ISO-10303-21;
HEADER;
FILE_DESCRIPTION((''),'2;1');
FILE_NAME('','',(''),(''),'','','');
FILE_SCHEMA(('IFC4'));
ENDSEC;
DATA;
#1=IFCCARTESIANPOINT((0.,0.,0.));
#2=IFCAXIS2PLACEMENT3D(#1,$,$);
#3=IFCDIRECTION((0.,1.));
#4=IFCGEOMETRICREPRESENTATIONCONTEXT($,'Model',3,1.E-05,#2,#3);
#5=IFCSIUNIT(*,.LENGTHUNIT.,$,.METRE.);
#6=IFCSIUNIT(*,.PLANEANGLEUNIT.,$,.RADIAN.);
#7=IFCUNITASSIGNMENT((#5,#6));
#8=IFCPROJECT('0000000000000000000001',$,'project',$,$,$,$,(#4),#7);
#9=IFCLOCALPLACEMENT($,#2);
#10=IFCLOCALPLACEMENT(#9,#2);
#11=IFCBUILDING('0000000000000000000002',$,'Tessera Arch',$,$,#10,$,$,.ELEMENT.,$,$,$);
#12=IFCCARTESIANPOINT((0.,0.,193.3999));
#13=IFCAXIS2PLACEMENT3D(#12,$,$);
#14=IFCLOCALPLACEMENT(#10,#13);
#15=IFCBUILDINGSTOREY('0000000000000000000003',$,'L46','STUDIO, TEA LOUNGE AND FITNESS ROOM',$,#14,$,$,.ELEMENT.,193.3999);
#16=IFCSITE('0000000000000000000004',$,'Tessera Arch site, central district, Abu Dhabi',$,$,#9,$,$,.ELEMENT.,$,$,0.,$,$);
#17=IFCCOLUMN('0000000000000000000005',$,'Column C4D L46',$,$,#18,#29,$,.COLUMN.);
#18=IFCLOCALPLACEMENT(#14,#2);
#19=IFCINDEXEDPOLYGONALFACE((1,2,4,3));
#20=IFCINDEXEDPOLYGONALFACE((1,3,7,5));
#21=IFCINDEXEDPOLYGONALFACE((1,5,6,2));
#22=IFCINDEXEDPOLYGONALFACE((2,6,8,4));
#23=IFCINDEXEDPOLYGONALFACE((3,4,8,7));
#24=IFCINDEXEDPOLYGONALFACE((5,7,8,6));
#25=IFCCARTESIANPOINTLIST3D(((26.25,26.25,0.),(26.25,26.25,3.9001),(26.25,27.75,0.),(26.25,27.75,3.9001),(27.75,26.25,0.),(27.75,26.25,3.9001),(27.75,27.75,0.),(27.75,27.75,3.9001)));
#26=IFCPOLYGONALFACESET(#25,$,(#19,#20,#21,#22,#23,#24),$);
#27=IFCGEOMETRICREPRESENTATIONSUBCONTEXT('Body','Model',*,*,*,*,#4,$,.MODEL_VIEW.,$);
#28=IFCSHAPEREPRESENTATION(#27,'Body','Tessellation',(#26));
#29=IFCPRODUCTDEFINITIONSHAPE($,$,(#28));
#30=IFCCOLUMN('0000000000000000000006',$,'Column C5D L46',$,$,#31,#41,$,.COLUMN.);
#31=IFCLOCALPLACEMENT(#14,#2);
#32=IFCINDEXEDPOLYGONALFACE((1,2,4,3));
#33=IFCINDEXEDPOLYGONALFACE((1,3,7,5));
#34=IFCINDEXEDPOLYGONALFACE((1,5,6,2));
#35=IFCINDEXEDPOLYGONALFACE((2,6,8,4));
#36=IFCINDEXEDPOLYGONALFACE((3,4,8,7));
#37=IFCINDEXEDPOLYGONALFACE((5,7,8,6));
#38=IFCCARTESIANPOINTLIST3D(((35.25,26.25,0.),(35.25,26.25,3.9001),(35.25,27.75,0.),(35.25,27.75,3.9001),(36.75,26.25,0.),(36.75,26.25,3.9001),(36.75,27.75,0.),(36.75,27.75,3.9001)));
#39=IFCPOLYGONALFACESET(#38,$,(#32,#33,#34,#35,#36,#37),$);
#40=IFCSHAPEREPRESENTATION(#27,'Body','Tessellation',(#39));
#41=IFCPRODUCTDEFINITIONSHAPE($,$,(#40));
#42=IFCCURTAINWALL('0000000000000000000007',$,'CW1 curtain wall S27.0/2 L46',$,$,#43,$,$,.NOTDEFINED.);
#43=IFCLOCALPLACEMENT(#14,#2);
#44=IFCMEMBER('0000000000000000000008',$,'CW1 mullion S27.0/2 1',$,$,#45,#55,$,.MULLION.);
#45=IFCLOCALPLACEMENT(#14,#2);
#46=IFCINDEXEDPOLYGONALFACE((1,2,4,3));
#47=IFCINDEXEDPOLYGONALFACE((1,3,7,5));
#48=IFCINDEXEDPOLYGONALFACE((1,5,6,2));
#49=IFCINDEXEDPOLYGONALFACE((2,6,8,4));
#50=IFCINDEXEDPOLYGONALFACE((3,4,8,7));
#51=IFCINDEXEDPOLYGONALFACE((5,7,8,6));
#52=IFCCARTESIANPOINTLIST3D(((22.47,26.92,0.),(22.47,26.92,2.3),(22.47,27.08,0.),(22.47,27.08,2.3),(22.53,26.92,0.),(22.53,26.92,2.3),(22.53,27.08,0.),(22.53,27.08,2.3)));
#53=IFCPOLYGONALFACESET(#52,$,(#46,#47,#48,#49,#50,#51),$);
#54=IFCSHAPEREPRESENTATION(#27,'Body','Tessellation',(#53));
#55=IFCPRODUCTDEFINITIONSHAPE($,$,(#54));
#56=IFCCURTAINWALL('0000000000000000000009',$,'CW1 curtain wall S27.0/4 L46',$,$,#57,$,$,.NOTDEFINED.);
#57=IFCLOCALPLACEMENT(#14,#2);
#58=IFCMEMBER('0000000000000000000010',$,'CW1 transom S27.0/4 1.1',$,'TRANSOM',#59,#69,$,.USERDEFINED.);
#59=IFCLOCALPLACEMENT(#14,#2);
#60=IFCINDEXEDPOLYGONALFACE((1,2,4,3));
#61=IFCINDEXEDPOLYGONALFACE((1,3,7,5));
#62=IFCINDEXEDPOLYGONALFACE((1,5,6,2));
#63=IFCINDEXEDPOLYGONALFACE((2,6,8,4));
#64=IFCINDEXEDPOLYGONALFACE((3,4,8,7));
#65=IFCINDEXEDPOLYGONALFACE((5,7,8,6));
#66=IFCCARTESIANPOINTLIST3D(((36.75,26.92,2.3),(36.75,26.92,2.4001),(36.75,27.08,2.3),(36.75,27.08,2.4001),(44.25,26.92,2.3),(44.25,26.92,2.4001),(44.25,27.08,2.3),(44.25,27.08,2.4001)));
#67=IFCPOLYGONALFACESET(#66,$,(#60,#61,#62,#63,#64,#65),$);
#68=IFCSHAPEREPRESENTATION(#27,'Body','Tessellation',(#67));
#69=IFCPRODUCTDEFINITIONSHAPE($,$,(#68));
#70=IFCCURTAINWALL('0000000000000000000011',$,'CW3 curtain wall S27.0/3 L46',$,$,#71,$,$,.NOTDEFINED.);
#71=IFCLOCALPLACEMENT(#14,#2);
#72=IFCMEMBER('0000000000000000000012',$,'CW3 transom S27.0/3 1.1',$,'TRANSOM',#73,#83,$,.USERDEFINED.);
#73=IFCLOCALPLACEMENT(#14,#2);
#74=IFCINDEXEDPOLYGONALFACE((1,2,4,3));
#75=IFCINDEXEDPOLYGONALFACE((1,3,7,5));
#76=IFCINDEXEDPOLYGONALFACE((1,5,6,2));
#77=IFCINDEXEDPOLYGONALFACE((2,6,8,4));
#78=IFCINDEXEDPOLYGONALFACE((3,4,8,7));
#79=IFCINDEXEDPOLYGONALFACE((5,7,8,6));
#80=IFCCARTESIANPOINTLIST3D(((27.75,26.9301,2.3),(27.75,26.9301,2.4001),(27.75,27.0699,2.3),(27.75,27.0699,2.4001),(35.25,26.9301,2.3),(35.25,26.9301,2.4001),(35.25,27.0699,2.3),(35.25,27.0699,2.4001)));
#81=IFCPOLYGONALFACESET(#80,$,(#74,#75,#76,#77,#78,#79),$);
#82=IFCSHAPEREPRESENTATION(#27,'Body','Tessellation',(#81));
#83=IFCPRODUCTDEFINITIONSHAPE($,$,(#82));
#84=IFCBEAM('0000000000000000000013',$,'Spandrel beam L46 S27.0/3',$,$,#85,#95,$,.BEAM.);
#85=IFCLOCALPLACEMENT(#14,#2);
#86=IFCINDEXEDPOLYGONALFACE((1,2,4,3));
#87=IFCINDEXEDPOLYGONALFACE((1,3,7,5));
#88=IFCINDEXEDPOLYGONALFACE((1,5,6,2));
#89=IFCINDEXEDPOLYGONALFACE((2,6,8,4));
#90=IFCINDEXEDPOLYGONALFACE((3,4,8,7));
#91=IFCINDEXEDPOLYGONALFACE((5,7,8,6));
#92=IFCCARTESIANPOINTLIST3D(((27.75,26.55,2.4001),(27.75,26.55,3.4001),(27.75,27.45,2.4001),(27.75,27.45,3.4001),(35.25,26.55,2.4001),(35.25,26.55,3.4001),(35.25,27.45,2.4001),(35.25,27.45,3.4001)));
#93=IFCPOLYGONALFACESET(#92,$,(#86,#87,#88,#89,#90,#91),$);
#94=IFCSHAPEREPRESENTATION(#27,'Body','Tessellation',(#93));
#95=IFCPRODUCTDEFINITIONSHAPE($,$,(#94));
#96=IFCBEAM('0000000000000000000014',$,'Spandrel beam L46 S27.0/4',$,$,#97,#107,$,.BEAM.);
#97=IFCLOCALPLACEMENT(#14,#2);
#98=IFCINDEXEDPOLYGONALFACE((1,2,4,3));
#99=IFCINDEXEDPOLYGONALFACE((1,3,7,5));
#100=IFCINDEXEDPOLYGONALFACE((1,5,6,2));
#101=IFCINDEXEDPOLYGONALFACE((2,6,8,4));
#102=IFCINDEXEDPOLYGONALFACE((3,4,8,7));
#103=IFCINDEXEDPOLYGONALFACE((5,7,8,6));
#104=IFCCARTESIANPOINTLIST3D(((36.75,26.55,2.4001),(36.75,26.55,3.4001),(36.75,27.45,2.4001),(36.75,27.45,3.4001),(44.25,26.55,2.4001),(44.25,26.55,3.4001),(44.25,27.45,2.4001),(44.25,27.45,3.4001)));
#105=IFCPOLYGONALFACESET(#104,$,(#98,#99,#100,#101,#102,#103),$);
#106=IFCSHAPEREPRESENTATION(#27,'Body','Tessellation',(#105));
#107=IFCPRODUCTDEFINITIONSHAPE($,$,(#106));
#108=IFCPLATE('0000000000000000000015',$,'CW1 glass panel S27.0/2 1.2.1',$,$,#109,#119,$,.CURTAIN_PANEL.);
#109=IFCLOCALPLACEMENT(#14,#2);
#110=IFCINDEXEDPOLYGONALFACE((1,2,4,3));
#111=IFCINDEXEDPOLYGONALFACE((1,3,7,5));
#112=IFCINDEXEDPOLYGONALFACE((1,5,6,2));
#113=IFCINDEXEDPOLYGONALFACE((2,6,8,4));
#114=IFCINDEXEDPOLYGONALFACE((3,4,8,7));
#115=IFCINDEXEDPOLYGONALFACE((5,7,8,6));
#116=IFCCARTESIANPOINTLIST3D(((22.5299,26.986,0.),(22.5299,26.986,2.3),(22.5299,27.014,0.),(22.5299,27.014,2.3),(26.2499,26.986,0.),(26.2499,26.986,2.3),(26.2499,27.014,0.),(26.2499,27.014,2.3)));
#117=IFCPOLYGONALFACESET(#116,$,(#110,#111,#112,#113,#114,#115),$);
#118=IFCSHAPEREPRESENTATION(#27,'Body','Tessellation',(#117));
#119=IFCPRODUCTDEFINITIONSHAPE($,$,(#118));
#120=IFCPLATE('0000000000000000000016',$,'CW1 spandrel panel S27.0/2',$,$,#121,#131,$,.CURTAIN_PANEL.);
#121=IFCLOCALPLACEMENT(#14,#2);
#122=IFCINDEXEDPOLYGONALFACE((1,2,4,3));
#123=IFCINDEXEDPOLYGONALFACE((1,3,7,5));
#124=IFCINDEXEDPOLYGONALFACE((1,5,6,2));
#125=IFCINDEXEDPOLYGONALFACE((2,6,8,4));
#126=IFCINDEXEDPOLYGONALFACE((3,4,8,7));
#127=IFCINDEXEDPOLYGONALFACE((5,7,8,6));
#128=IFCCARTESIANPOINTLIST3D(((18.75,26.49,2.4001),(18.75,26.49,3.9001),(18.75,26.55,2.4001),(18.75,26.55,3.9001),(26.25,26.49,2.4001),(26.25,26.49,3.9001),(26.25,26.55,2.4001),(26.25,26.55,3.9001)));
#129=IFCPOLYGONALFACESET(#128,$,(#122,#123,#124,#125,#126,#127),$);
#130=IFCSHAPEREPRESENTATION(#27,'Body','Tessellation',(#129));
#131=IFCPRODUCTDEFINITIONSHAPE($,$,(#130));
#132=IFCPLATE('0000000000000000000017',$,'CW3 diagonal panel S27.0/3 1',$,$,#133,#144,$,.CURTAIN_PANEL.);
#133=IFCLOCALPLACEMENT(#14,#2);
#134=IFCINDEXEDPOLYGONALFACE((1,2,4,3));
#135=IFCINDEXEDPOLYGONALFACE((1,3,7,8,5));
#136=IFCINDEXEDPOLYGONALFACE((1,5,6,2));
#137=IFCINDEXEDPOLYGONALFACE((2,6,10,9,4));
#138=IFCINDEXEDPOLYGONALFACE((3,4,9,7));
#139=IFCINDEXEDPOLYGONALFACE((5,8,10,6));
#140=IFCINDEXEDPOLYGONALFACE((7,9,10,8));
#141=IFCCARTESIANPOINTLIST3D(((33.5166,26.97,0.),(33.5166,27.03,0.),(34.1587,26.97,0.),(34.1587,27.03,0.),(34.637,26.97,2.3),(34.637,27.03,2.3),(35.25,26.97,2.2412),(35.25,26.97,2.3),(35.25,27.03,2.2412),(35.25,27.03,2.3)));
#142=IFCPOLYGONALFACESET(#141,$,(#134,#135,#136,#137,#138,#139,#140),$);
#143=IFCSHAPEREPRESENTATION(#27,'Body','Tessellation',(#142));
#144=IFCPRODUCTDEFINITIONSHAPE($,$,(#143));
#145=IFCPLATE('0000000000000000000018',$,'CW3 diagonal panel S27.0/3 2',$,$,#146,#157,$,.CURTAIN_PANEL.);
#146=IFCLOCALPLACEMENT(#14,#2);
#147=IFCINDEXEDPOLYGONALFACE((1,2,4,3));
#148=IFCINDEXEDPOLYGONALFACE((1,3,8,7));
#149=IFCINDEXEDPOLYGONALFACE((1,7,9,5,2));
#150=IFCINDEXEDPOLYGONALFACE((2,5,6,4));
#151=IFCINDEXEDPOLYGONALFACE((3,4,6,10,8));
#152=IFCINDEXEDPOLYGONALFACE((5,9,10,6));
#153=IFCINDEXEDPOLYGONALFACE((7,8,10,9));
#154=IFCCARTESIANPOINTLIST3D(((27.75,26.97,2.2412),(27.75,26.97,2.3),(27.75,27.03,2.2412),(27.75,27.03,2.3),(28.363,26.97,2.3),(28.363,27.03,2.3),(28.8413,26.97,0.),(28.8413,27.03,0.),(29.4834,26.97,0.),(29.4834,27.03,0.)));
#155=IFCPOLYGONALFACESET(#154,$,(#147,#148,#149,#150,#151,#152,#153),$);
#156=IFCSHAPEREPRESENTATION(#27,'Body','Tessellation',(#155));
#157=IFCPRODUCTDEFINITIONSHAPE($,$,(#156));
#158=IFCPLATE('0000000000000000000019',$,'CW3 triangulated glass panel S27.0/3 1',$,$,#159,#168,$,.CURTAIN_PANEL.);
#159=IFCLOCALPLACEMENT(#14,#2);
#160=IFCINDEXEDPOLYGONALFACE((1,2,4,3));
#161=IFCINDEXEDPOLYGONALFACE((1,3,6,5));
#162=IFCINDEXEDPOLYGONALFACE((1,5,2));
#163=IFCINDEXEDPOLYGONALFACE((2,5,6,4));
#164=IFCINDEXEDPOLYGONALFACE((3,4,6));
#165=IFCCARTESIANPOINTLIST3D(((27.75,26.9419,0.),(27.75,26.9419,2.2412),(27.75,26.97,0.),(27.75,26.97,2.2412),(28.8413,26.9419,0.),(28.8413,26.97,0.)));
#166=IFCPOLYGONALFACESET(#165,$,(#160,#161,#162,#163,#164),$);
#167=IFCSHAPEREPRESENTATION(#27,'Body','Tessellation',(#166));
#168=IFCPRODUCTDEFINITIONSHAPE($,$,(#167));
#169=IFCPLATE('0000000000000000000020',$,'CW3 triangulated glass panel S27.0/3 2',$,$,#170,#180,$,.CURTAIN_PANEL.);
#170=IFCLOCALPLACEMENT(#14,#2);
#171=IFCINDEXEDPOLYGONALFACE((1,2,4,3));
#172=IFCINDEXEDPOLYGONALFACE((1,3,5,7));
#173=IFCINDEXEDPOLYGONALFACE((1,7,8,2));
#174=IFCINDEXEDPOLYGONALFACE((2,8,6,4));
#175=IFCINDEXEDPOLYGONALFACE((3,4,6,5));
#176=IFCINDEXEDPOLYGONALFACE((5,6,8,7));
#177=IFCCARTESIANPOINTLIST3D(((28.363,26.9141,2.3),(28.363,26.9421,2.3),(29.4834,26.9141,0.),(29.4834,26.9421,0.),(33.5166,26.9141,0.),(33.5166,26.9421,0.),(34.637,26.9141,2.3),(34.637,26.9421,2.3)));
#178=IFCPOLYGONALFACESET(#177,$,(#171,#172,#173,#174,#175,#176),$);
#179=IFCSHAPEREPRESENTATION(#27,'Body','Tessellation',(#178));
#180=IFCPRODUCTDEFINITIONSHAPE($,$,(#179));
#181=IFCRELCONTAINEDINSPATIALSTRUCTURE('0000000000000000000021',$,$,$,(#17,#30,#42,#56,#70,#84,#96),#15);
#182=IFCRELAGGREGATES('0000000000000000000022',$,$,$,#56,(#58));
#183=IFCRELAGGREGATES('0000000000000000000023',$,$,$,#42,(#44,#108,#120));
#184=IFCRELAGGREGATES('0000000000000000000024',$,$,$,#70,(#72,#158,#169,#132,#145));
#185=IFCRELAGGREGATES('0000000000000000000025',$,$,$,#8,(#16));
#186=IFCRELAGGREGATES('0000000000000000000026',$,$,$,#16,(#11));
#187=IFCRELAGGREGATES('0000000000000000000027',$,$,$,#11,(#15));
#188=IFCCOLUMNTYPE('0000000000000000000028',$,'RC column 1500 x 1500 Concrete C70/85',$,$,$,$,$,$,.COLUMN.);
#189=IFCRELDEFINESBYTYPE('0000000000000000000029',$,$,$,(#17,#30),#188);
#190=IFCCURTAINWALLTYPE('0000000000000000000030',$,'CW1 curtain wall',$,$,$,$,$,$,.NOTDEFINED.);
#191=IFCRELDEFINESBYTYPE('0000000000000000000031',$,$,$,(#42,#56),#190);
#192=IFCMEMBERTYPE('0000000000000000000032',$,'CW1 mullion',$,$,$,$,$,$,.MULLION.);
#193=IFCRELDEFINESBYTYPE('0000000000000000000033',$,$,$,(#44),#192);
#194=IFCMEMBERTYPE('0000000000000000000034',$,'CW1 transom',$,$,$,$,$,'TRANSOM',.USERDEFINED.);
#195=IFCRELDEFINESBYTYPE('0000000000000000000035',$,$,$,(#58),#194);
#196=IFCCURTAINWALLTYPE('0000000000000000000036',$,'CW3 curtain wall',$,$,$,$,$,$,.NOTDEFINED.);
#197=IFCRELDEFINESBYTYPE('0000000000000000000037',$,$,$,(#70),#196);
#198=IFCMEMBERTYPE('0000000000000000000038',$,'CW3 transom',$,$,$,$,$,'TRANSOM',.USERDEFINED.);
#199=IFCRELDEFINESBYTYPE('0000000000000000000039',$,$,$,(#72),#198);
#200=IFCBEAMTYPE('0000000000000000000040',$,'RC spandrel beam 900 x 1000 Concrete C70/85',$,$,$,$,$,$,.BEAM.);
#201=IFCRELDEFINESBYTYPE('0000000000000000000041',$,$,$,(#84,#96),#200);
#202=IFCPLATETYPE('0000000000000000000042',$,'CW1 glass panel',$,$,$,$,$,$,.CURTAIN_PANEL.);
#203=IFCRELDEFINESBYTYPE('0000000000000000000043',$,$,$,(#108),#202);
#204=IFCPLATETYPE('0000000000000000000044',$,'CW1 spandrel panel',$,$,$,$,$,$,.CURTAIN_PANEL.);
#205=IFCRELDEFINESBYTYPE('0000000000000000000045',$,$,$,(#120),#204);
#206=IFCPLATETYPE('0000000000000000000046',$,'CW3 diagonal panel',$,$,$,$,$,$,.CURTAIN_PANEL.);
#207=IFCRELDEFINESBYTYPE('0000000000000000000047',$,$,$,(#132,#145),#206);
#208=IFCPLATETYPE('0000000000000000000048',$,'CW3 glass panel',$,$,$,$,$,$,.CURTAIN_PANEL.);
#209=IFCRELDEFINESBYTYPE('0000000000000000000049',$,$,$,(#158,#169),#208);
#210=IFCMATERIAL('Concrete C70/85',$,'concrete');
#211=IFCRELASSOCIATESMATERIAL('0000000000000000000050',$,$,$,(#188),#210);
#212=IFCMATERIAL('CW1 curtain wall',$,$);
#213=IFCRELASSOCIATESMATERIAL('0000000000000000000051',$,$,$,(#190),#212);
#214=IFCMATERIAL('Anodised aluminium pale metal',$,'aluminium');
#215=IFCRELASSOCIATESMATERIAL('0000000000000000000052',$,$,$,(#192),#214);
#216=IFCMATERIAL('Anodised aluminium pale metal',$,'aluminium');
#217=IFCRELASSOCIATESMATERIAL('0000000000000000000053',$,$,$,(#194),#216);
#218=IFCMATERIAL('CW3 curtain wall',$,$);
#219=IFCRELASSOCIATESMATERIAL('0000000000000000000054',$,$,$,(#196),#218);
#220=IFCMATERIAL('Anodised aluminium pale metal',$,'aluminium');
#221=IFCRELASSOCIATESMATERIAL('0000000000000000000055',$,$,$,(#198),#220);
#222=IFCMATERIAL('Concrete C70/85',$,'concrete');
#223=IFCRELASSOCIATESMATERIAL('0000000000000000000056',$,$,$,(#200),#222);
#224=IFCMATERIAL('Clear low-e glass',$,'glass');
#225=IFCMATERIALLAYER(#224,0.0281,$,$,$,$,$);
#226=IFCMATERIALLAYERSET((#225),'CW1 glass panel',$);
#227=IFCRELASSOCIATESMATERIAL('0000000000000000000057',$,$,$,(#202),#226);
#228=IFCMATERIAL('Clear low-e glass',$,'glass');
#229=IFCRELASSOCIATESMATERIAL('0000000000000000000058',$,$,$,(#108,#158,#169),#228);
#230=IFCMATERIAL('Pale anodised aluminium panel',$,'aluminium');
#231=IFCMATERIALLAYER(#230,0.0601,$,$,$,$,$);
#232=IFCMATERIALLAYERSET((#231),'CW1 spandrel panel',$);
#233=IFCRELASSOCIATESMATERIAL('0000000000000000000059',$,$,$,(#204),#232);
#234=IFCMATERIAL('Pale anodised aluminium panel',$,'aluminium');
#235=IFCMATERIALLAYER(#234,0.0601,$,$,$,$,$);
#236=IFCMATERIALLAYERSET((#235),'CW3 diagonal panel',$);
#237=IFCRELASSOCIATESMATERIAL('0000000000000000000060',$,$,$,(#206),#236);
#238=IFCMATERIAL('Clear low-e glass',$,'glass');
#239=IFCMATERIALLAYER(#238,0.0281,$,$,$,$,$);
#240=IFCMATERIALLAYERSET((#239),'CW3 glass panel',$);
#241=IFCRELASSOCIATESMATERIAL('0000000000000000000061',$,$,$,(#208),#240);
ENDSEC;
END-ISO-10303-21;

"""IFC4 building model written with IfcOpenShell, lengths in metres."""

from ifc_helpers import new_model, si_unit, direction, frame, origin, origin_2d, place, context, subcontext, project, spatial, polyline, rectangle, outline, extrude, material, layer, layer_set, material_profile, profile_set, type_object, element, aggregate, save


model = new_model("IFC4")

# Units and contexts
model_context = context("Model", 3, precision=1e-05, world=origin(), true_north=direction((0.0, 1.0)))
body_context = subcontext(model_context, "Body", "Model", "MODEL_VIEW")
ifc_project = project(units=[si_unit("LENGTHUNIT", "METRE"), si_unit("PLANEANGLEUNIT", "RADIAN")], contexts=[model_context])

# Site, building, storey
site_placement = place(None, origin())
site = spatial("IfcSite", under=ifc_project, at=site_placement, Name="Tessera Arch site, central district, Abu Dhabi", CompositionType="ELEMENT", RefElevation=0.0)
building_placement = place(site_placement, origin())
building = spatial("IfcBuilding", under=site, at=building_placement, Name="Tessera Arch", CompositionType="ELEMENT")
storey_placement = place(building_placement, frame((0.0, 0.0, 193.3999)))
storey = spatial("IfcBuildingStorey", under=building, at=storey_placement, Name="L46", Description="STUDIO, TEA LOUNGE AND FITNESS ROOM", CompositionType="ELEMENT", Elevation=193.3999)

# Columns
ifc_material_1 = material(Name="Concrete C70/85", Category="concrete")
ifc_material_profile_1 = material_profile(ifc_material_1, rectangle(XDim=1.5, YDim=1.5, at=origin_2d()), Name="RC column 1500 x 1500 Concrete C70/85")
ifc_profile_set_1 = profile_set([ifc_material_profile_1], Name="Concrete C70/85")
column_type = type_object("IfcColumnType", Name="RC column 1500 x 1500 Concrete C70/85", PredefinedType="COLUMN", material=ifc_profile_set_1)
for number, where, z_axis, x_axis, name in (
    (1, (27.0, 27.0, 0.0), (0.0, 0.0, 1.0), (1.0, 0.0, 0.0), "Column C4D L46"),
    (2, (36.0, 27.0, 0.0), (0.0, 0.0, 1.0), (1.0, 0.0, 0.0), "Column C5D L46"),
):
    element("IfcColumn", number, at=place(storey_placement, frame(where, z_axis=z_axis, x_axis=x_axis)), inside=storey, type_object=column_type, Name=name, PredefinedType="COLUMN", context=body_context, shape_type="SweptSolid", body=[
        extrude(rectangle(XDim=1.5, YDim=1.5, at=origin_2d()), origin(), (0.0, 0.0, 1.0), 3.9001),
    ])

# Curtain walls, members
ifc_material_2 = material(Name="CW1 curtain wall")
curtain_wall_type_1 = type_object("IfcCurtainWallType", Name="CW1 curtain wall", PredefinedType="NOTDEFINED", material=ifc_material_2)
curtain_wall_1_placement = place(storey_placement, origin())
curtain_wall_1 = element("IfcCurtainWall", 3, at=curtain_wall_1_placement, inside=storey, type_object=curtain_wall_type_1, Name="CW1 curtain wall S27.0/2 L46", PredefinedType="NOTDEFINED")
ifc_material_3 = material(Name="Anodised aluminium pale metal", Category="aluminium")
ifc_material_profile_2 = material_profile(ifc_material_3, rectangle(XDim=0.1599, YDim=0.0601, at=origin_2d()), Name="AL 60x160")
ifc_profile_set_2 = profile_set([ifc_material_profile_2], Name="Anodised aluminium pale metal")
member_type_1 = type_object("IfcMemberType", Name="CW1 mullion", PredefinedType="MULLION", material=ifc_profile_set_2)
member_1_placement = place(storey_placement, frame((22.5, 27.0, 0.0), z_axis=(0.0, 0.0, 1.0), x_axis=(0.0, 1.0, 0.0)))
member_1 = element("IfcMember", 4, at=member_1_placement, type_object=member_type_1, Name="CW1 mullion S27.0/2 1", PredefinedType="MULLION", context=body_context, shape_type="SweptSolid", body=[
    extrude(rectangle(XDim=0.1599, YDim=0.0601, at=origin_2d()), origin(), (0.0, 0.0, 1.0), 2.3),
])
curtain_wall_2_placement = place(storey_placement, origin())
curtain_wall_2 = element("IfcCurtainWall", 5, at=curtain_wall_2_placement, inside=storey, type_object=curtain_wall_type_1, Name="CW1 curtain wall S27.0/4 L46", PredefinedType="NOTDEFINED")
ifc_material_4 = material(Name="Anodised aluminium pale metal", Category="aluminium")
ifc_material_profile_3 = material_profile(ifc_material_4, rectangle(XDim=0.1599, YDim=0.1001, at=origin_2d()), Name="AL 160x100")
ifc_profile_set_3 = profile_set([ifc_material_profile_3], Name="Anodised aluminium pale metal")
member_type_2 = type_object("IfcMemberType", Name="CW1 transom", ElementType="TRANSOM", PredefinedType="USERDEFINED", material=ifc_profile_set_3)
member_2_placement = place(storey_placement, frame((36.75, 27.0, 2.3501), z_axis=(1.0, 0.0, 0.0), x_axis=(0.0, 1.0, 0.0)))
member_2 = element("IfcMember", 6, at=member_2_placement, type_object=member_type_2, Name="CW1 transom S27.0/4 1.1", ObjectType="TRANSOM", PredefinedType="USERDEFINED", context=body_context, shape_type="SweptSolid", body=[
    extrude(rectangle(XDim=0.1599, YDim=0.1001, at=origin_2d()), origin(), (0.0, 0.0, 1.0), 7.5),
])
aggregate(curtain_wall_2, [member_2])
ifc_material_5 = material(Name="CW3 curtain wall")
curtain_wall_type_2 = type_object("IfcCurtainWallType", Name="CW3 curtain wall", PredefinedType="NOTDEFINED", material=ifc_material_5)
curtain_wall_3_placement = place(storey_placement, origin())
curtain_wall_3 = element("IfcCurtainWall", 7, at=curtain_wall_3_placement, inside=storey, type_object=curtain_wall_type_2, Name="CW3 curtain wall S27.0/3 L46", PredefinedType="NOTDEFINED")
ifc_material_6 = material(Name="Anodised aluminium pale metal", Category="aluminium")
ifc_material_profile_4 = material_profile(ifc_material_6, rectangle(XDim=0.1399, YDim=0.1001, at=origin_2d()), Name="AL 140x100")
ifc_profile_set_4 = profile_set([ifc_material_profile_4], Name="Anodised aluminium pale metal")
member_type_3 = type_object("IfcMemberType", Name="CW3 transom", ElementType="TRANSOM", PredefinedType="USERDEFINED", material=ifc_profile_set_4)
member_3_placement = place(storey_placement, frame((27.75, 27.0, 2.3501), z_axis=(1.0, 0.0, 0.0), x_axis=(0.0, 1.0, 0.0)))
member_3 = element("IfcMember", 8, at=member_3_placement, type_object=member_type_3, Name="CW3 transom S27.0/3 1.1", ObjectType="TRANSOM", PredefinedType="USERDEFINED", context=body_context, shape_type="SweptSolid", body=[
    extrude(rectangle(XDim=0.1399, YDim=0.1001, at=origin_2d()), origin(), (0.0, 0.0, 1.0), 7.5),
])

# Beams
ifc_material_7 = material(Name="Concrete C70/85", Category="concrete")
ifc_material_profile_5 = material_profile(ifc_material_7, rectangle(XDim=0.8999, YDim=1.0, at=origin_2d()), Name="RC spandrel beam 900 x 1000 Concrete C70/85")
ifc_profile_set_5 = profile_set([ifc_material_profile_5], Name="Concrete C70/85")
beam_type = type_object("IfcBeamType", Name="RC spandrel beam 900 x 1000 Concrete C70/85", PredefinedType="BEAM", material=ifc_profile_set_5)
for number, where, z_axis, x_axis, name in (
    (9, (27.75, 27.0, 2.9001), (1.0, 0.0, 0.0), (0.0, 1.0, 0.0), "Spandrel beam L46 S27.0/3"),
    (10, (36.75, 27.0, 2.9001), (1.0, 0.0, 0.0), (0.0, 1.0, 0.0), "Spandrel beam L46 S27.0/4"),
):
    element("IfcBeam", number, at=place(storey_placement, frame(where, z_axis=z_axis, x_axis=x_axis)), inside=storey, type_object=beam_type, Name=name, PredefinedType="BEAM", context=body_context, shape_type="SweptSolid", body=[
        extrude(rectangle(XDim=0.8999, YDim=1.0, at=origin_2d()), origin(), (0.0, 0.0, 1.0), 7.5),
    ])

# Plates
ifc_material_8 = material(Name="Clear low-e glass", Category="glass")
ifc_material_9 = material(Name="Clear low-e glass", Category="glass")
ifc_layer_1 = layer(ifc_material_9, 0.0281)
ifc_layer_set_1 = layer_set([ifc_layer_1], Name="CW1 glass panel")
plate_type_1 = type_object("IfcPlateType", Name="CW1 glass panel", PredefinedType="CURTAIN_PANEL", material=ifc_layer_set_1)
plate_1_placement = place(storey_placement, frame((24.3899, 27.0, 0.0), z_axis=(0.0, 0.0, 1.0), x_axis=(1.0, 0.0, 0.0)))
plate_1 = element("IfcPlate", 11, at=plate_1_placement, type_object=plate_type_1, material=ifc_material_8, Name="CW1 glass panel S27.0/2 1.2.1", PredefinedType="CURTAIN_PANEL", context=body_context, shape_type="SweptSolid", body=[
    extrude(rectangle(XDim=3.72, YDim=0.0281, at=origin_2d()), origin(), (0.0, 0.0, 1.0), 2.3),
])
ifc_material_10 = material(Name="Pale anodised aluminium panel", Category="aluminium")
ifc_layer_2 = layer(ifc_material_10, 0.0601)
ifc_layer_set_2 = layer_set([ifc_layer_2], Name="CW1 spandrel panel")
plate_type_2 = type_object("IfcPlateType", Name="CW1 spandrel panel", PredefinedType="CURTAIN_PANEL", material=ifc_layer_set_2)
plate_2_placement = place(storey_placement, frame((22.5, 26.52, 2.4001), z_axis=(0.0, 0.0, 1.0), x_axis=(1.0, 0.0, 0.0)))
plate_2 = element("IfcPlate", 12, at=plate_2_placement, type_object=plate_type_2, Name="CW1 spandrel panel S27.0/2", PredefinedType="CURTAIN_PANEL", context=body_context, shape_type="SweptSolid", body=[
    extrude(rectangle(XDim=7.5, YDim=0.0601, at=origin_2d()), origin(), (0.0, 0.0, 1.0), 1.5),
])
aggregate(curtain_wall_1, [member_1, plate_1, plate_2])
ifc_material_11 = material(Name="Pale anodised aluminium panel", Category="aluminium")
ifc_layer_3 = layer(ifc_material_11, 0.0601)
ifc_layer_set_3 = layer_set([ifc_layer_3], Name="CW3 diagonal panel")
plate_type_3 = type_object("IfcPlateType", Name="CW3 diagonal panel", PredefinedType="CURTAIN_PANEL", material=ifc_layer_set_3)
plate_3_placement = place(storey_placement, frame((35.25, 26.97, 2.3), z_axis=(0.0, -1.0, 0.0), x_axis=(-1.0, 0.0, 0.0)))
plate_3 = element("IfcPlate", 13, at=plate_3_placement, type_object=plate_type_3, Name="CW3 diagonal panel S27.0/3 1", PredefinedType="CURTAIN_PANEL", context=body_context, shape_type="SweptSolid", body=[
    extrude(outline(polyline([(0.0, 0.0), (0.613, 0.0), (1.7334, 2.3), (1.0913, 2.3), (0.0, 0.0588), (0.0, 0.0)])), origin(), (0.0, 0.0, -1.0), 0.0601),
])
plate_4_placement = place(storey_placement, frame((27.75, 26.97, 2.3), z_axis=(0.0, -1.0, 0.0), x_axis=(0.0, 0.0, -1.0)))
plate_4 = element("IfcPlate", 14, at=plate_4_placement, type_object=plate_type_3, Name="CW3 diagonal panel S27.0/3 2", PredefinedType="CURTAIN_PANEL", context=body_context, shape_type="SweptSolid", body=[
    extrude(outline(polyline([(0.0, 0.0), (0.0588, 0.0), (2.3, 1.0913), (2.3, 1.7334), (0.0, 0.613), (0.0, 0.0)])), origin(), (0.0, 0.0, -1.0), 0.0601),
])
ifc_material_12 = material(Name="Clear low-e glass", Category="glass")
ifc_layer_4 = layer(ifc_material_12, 0.0281)
ifc_layer_set_4 = layer_set([ifc_layer_4], Name="CW3 glass panel")
plate_type_4 = type_object("IfcPlateType", Name="CW3 glass panel", PredefinedType="CURTAIN_PANEL", material=ifc_layer_set_4)
plate_5_placement = place(storey_placement, frame((27.75, 26.9419, 0.0), z_axis=(0.0, -1.0, 0.0), x_axis=(1.0, 0.0, 0.0)))
plate_5 = element("IfcPlate", 15, at=plate_5_placement, type_object=plate_type_4, material=ifc_material_8, Name="CW3 triangulated glass panel S27.0/3 1", PredefinedType="CURTAIN_PANEL", context=body_context, shape_type="SweptSolid", body=[
    extrude(outline(polyline([(0.0, 0.0), (1.0913, 0.0), (0.0, 2.2412), (0.0, 0.0)])), origin(), (0.0, 0.0, -1.0), 0.0281),
])
plate_6_placement = place(storey_placement, frame((34.637, 26.9141, 2.3), z_axis=(0.0, -1.0, 0.0), x_axis=(-1.0, 0.0, 0.0)))
plate_6 = element("IfcPlate", 16, at=plate_6_placement, type_object=plate_type_4, material=ifc_material_8, Name="CW3 triangulated glass panel S27.0/3 2", PredefinedType="CURTAIN_PANEL", context=body_context, shape_type="SweptSolid", body=[
    extrude(outline(polyline([(0.0, 0.0), (6.2739, 0.0), (5.1536, 2.3), (1.1204, 2.3), (0.0, 0.0)])), origin(), (0.0, 0.0, -1.0), 0.0281),
])
aggregate(curtain_wall_3, [member_3, plate_5, plate_6, plate_3, plate_4])

save(model, "model.ifc")
